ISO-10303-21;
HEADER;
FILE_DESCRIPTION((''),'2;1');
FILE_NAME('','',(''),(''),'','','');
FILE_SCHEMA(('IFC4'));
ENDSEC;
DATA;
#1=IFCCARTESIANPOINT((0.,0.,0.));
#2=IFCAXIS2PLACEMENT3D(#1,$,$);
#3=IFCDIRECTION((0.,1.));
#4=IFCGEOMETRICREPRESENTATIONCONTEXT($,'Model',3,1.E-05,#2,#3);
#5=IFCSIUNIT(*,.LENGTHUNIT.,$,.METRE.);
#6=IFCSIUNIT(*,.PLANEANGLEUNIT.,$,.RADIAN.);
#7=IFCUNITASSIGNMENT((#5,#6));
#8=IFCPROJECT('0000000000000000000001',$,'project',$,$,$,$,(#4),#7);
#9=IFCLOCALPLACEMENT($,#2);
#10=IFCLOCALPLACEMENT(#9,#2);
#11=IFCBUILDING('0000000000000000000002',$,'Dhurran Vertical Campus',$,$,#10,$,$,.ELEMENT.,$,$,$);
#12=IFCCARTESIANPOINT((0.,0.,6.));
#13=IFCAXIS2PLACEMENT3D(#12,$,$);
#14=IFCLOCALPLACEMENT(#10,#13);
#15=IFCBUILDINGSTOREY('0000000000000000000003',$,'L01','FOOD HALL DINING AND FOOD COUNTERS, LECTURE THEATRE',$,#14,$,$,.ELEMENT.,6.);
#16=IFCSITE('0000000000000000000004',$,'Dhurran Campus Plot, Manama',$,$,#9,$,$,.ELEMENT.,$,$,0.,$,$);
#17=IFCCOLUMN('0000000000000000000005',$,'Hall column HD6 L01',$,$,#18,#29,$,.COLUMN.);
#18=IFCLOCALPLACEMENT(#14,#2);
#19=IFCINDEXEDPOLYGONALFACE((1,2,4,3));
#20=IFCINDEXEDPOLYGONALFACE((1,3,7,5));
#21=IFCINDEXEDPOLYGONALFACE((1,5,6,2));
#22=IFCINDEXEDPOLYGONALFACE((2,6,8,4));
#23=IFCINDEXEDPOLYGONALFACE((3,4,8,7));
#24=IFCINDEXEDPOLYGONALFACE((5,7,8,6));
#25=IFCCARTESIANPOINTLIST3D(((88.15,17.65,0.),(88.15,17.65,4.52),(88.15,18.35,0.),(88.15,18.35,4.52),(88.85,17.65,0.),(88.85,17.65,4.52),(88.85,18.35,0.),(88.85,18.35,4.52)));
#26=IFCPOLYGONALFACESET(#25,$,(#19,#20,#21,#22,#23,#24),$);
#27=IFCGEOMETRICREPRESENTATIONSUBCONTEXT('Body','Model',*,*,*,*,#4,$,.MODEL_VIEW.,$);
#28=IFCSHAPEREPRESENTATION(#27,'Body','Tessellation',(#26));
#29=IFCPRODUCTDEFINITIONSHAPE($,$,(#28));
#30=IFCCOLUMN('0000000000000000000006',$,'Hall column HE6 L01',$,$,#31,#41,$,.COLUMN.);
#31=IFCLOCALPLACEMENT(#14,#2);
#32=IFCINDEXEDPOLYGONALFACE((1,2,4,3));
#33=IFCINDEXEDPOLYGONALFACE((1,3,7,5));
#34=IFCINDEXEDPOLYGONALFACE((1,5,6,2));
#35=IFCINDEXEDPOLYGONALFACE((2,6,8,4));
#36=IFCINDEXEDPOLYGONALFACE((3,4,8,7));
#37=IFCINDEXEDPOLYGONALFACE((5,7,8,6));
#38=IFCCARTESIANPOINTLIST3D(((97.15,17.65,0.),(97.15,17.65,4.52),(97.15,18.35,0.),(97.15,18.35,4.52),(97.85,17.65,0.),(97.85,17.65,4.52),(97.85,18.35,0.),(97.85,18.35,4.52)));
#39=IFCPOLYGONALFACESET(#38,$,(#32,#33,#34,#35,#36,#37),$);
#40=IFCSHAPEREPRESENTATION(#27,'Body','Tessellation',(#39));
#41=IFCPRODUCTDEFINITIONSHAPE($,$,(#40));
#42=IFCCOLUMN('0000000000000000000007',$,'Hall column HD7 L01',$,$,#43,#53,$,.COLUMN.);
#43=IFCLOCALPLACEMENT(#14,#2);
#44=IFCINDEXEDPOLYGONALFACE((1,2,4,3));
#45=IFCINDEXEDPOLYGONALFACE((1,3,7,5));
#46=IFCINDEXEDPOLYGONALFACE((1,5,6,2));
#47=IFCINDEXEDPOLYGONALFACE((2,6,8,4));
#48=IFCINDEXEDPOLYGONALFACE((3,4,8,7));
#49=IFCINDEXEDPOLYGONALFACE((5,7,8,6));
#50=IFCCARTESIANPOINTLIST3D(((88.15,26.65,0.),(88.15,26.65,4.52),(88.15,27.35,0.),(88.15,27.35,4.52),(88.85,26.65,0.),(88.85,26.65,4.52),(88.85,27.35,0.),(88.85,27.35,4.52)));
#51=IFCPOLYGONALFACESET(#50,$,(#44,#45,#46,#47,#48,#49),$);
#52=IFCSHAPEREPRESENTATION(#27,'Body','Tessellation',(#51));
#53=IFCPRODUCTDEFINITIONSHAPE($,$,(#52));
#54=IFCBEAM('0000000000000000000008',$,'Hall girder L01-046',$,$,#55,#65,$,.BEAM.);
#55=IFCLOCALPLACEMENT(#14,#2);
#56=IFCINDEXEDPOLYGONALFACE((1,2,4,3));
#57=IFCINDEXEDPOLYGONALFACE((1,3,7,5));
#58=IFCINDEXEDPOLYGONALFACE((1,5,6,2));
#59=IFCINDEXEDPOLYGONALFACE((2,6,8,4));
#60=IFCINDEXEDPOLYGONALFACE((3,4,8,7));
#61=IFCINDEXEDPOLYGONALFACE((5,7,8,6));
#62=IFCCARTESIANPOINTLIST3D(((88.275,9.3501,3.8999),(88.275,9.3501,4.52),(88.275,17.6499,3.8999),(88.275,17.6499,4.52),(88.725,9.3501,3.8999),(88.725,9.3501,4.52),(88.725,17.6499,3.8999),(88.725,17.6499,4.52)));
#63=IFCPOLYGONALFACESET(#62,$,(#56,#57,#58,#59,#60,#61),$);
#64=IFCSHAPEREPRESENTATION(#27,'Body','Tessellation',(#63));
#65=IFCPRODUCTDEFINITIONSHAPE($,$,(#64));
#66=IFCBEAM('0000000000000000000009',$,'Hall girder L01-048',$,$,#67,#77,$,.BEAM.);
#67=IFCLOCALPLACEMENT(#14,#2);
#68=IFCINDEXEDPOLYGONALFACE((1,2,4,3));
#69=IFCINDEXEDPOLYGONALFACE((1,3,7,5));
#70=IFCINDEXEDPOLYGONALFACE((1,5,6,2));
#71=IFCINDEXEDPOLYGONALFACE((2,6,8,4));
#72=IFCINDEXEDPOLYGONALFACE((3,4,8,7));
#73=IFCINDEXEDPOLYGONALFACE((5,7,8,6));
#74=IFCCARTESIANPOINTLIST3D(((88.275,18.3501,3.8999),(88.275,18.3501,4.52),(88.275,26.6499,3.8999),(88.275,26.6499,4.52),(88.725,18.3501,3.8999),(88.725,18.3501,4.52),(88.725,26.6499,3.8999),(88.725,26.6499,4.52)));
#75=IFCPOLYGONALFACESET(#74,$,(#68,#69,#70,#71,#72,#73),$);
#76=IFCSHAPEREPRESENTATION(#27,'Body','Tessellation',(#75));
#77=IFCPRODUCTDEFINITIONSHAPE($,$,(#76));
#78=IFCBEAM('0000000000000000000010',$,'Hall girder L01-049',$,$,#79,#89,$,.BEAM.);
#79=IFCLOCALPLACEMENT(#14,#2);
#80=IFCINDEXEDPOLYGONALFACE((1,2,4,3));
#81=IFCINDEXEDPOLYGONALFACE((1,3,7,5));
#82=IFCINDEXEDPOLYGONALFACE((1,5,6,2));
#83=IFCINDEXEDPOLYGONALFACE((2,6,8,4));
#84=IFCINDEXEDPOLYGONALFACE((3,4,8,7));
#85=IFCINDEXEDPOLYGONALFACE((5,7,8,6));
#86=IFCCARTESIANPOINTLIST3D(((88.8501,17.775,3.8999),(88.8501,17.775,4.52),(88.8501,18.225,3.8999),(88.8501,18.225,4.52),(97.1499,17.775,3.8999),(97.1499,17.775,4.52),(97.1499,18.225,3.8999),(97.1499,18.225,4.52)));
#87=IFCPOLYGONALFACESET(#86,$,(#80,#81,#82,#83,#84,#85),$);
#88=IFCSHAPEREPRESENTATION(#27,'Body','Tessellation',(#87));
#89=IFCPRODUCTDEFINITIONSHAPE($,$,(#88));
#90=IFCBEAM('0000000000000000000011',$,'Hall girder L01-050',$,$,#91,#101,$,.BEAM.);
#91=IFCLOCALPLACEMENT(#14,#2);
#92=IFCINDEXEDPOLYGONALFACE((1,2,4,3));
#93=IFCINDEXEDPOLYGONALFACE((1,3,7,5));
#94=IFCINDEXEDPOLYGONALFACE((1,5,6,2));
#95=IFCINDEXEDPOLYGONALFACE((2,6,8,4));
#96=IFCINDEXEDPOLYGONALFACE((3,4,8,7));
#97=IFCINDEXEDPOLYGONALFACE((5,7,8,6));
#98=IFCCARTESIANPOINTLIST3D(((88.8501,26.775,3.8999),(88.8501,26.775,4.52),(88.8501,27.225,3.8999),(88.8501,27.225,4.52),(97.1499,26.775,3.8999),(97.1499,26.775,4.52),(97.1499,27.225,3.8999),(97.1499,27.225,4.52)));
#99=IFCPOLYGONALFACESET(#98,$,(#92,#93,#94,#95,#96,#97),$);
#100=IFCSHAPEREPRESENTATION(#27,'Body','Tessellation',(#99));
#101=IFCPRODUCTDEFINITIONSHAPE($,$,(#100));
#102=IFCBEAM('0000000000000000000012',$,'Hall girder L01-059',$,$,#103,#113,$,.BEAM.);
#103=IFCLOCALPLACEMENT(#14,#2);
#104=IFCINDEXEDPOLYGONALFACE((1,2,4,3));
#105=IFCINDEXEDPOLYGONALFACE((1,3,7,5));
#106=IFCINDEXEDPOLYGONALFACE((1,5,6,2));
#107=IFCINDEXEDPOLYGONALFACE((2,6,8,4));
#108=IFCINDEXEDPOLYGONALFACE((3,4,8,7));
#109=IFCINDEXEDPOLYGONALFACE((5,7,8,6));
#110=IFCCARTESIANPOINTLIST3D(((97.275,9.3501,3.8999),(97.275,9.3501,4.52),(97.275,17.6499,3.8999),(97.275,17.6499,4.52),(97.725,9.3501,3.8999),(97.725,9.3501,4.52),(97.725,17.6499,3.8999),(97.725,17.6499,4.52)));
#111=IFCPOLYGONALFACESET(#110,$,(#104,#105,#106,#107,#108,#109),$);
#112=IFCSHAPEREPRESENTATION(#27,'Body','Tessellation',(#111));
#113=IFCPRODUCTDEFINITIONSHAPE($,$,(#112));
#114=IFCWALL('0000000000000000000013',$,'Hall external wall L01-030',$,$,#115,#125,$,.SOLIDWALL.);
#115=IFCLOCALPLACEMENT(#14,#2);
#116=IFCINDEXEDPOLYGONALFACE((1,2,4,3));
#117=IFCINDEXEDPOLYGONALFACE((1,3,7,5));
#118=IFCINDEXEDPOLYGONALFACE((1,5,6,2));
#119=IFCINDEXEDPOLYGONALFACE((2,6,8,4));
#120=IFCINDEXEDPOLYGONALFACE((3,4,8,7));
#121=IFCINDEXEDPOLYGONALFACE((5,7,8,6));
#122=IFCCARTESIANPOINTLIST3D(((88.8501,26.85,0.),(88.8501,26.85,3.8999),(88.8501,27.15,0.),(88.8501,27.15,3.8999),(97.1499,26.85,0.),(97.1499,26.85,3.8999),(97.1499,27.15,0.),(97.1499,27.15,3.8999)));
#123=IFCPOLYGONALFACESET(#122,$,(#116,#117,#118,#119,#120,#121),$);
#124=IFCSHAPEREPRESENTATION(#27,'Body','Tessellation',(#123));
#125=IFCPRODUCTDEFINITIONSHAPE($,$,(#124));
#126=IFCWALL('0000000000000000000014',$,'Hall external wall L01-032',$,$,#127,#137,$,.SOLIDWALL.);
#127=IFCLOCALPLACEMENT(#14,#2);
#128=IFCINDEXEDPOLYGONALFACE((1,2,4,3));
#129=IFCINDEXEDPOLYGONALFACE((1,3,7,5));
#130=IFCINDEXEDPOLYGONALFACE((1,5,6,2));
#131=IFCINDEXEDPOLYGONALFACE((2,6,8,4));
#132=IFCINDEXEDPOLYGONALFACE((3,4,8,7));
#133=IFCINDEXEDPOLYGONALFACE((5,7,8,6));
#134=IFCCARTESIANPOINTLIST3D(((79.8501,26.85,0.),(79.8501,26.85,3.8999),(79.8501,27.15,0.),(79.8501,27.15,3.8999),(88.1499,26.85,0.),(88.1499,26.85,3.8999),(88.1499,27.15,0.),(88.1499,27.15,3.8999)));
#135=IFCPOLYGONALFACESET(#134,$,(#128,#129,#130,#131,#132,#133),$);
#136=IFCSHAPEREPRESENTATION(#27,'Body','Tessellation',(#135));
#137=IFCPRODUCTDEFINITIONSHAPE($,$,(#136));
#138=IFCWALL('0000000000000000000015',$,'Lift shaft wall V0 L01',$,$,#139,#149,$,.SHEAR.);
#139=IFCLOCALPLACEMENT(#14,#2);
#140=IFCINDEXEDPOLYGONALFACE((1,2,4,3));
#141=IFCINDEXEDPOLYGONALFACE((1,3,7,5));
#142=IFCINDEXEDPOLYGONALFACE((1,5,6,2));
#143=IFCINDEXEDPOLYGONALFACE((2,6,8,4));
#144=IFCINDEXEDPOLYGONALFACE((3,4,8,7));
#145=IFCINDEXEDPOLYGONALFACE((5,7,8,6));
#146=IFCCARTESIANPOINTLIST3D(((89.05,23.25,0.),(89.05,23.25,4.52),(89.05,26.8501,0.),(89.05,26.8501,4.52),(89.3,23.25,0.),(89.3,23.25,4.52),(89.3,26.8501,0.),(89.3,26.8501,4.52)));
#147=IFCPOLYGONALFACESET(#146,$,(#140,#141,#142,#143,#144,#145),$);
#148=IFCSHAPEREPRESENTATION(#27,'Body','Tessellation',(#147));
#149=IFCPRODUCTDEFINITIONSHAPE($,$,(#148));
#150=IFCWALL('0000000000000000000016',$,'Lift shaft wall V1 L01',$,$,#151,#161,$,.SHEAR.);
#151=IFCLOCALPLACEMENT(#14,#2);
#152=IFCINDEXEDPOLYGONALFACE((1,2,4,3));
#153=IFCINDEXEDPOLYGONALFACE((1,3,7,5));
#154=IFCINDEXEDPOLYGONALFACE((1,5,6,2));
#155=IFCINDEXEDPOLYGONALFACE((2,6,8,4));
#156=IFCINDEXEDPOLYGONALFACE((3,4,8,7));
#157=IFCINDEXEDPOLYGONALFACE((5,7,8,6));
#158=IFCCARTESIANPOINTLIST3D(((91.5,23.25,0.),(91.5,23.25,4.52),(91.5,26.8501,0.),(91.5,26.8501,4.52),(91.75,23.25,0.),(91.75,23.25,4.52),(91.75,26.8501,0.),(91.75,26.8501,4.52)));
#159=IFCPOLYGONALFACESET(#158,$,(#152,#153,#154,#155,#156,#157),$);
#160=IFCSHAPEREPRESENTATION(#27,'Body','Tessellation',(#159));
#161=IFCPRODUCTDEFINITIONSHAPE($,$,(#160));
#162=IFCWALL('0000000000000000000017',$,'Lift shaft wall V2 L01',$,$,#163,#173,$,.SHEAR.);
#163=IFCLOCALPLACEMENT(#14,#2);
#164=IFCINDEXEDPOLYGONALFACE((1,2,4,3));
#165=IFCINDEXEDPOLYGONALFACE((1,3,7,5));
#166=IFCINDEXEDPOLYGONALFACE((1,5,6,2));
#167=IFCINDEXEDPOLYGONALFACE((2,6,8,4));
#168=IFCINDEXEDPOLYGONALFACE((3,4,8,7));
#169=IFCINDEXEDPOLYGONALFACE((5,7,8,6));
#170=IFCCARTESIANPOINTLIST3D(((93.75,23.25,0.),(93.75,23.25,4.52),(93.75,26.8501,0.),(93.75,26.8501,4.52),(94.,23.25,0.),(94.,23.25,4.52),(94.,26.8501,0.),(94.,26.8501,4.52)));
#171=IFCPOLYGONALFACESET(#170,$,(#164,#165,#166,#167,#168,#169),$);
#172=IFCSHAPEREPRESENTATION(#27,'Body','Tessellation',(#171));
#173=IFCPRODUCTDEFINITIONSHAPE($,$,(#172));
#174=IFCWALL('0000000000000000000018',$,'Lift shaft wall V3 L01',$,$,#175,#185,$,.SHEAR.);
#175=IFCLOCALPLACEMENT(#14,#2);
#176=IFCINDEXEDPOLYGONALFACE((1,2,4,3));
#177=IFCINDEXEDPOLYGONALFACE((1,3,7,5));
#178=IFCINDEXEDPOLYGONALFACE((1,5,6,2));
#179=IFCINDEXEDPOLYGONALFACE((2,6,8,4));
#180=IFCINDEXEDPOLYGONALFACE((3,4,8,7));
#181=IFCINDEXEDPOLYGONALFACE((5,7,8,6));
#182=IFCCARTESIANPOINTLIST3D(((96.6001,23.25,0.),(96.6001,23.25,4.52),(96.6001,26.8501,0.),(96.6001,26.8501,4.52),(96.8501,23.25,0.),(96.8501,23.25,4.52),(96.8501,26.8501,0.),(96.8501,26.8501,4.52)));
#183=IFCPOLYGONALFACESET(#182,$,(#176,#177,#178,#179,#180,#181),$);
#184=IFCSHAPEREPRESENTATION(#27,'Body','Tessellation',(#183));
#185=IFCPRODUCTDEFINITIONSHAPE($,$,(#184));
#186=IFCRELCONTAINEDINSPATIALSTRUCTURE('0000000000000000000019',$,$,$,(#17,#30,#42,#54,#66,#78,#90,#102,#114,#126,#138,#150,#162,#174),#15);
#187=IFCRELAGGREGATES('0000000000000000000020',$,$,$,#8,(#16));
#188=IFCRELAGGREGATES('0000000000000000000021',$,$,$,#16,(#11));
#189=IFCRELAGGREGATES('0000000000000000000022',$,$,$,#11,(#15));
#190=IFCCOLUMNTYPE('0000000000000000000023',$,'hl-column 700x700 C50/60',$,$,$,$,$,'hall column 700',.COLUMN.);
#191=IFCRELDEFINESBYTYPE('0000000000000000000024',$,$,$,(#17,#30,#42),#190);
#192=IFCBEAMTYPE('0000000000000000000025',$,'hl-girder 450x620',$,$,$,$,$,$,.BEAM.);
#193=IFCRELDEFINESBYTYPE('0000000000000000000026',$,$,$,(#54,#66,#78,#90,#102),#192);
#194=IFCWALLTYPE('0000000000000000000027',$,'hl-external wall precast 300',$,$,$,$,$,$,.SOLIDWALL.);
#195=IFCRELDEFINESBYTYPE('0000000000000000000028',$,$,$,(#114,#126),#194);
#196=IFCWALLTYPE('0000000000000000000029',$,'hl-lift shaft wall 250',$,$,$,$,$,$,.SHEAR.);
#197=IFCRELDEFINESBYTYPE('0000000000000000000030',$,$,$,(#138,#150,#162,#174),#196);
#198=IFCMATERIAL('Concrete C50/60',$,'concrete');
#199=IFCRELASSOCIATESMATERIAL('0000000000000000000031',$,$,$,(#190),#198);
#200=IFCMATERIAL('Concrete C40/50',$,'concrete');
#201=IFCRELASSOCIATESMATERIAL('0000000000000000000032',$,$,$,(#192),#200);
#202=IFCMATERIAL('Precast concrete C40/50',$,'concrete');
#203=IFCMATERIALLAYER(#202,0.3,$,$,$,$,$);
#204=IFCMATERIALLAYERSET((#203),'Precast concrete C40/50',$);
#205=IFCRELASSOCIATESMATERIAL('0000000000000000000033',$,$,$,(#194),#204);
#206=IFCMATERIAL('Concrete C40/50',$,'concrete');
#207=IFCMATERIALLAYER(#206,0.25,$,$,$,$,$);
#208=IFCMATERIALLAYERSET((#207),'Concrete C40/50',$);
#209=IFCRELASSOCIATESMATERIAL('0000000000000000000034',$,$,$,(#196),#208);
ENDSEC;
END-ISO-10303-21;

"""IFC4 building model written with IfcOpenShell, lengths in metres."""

from ifc_helpers import new_model, si_unit, direction, frame, frame_2d, origin, origin_2d, place, context, subcontext, project, spatial, rectangle, extrude, material, layer, layer_set, material_profile, profile_set, type_object, element, save


model = new_model("IFC4")

# Units and contexts
model_context = context("Model", 3, precision=1e-05, world=origin(), true_north=direction((0.0, 1.0)))
body_context = subcontext(model_context, "Body", "Model", "MODEL_VIEW")
ifc_project = project(units=[si_unit("LENGTHUNIT", "METRE"), si_unit("PLANEANGLEUNIT", "RADIAN")], contexts=[model_context])

# Site, building, storey
site_placement = place(None, origin())
site = spatial("IfcSite", under=ifc_project, at=site_placement, Name="Dhurran Campus Plot, Manama", CompositionType="ELEMENT", RefElevation=0.0)
building_placement = place(site_placement, origin())
building = spatial("IfcBuilding", under=site, at=building_placement, Name="Dhurran Vertical Campus", CompositionType="ELEMENT")
storey_placement = place(building_placement, frame((0.0, 0.0, 6.0)))
storey = spatial("IfcBuildingStorey", under=building, at=storey_placement, Name="L01", Description="FOOD HALL DINING AND FOOD COUNTERS, LECTURE THEATRE", CompositionType="ELEMENT", Elevation=6.0)

# Columns
ifc_material_1 = material(Name="Concrete C50/60", Category="concrete")
ifc_material_profile_1 = material_profile(ifc_material_1, rectangle(XDim=0.7, YDim=0.7, at=origin_2d()), Name="hl-column 700x700 C50/60")
ifc_profile_set_1 = profile_set([ifc_material_profile_1], Name="Concrete C50/60")
column_type = type_object("IfcColumnType", Name="hl-column 700x700 C50/60", ElementType="hall column 700", PredefinedType="COLUMN", material=ifc_profile_set_1)
for number, where, z_axis, x_axis, name in (
    (1, (88.5, 18.0, 0.0), (0.0, 0.0, 1.0), (1.0, 0.0, 0.0), "Hall column HD6 L01"),
    (2, (97.5, 18.0, 0.0), (0.0, 0.0, 1.0), (1.0, 0.0, 0.0), "Hall column HE6 L01"),
    (3, (88.5, 27.0, 0.0), (0.0, 0.0, 1.0), (1.0, 0.0, 0.0), "Hall column HD7 L01"),
):
    element("IfcColumn", number, at=place(storey_placement, frame(where, z_axis=z_axis, x_axis=x_axis)), inside=storey, type_object=column_type, Name=name, PredefinedType="COLUMN", context=body_context, shape_type="SweptSolid", body=[
        extrude(rectangle(XDim=0.7, YDim=0.7, at=origin_2d()), origin(), (0.0, 0.0, 1.0), 4.52),
    ])

# Beams
ifc_material_2 = material(Name="Concrete C40/50", Category="concrete")
ifc_material_profile_2 = material_profile(ifc_material_2, rectangle(XDim=0.45, YDim=0.6201, at=origin_2d()), Name="hl-girder 450x620")
ifc_profile_set_2 = profile_set([ifc_material_profile_2], Name="Concrete C40/50")
beam_type = type_object("IfcBeamType", Name="hl-girder 450x620", PredefinedType="BEAM", material=ifc_profile_set_2)
for number, where, z_axis, x_axis, name in (
    (4, (88.5, 9.3501, 4.21), (0.0, 1.0, 0.0), (-1.0, 0.0, 0.0), "Hall girder L01-046"),
    (5, (88.5, 18.3501, 4.21), (0.0, 1.0, 0.0), (-1.0, 0.0, 0.0), "Hall girder L01-048"),
    (6, (88.8501, 18.0, 4.21), (1.0, 0.0, 0.0), (0.0, 1.0, 0.0), "Hall girder L01-049"),
    (7, (88.8501, 27.0, 4.21), (1.0, 0.0, 0.0), (0.0, 1.0, 0.0), "Hall girder L01-050"),
    (8, (97.5, 9.3501, 4.21), (0.0, 1.0, 0.0), (-1.0, 0.0, 0.0), "Hall girder L01-059"),
):
    element("IfcBeam", number, at=place(storey_placement, frame(where, z_axis=z_axis, x_axis=x_axis)), inside=storey, type_object=beam_type, Name=name, PredefinedType="BEAM", context=body_context, shape_type="SweptSolid", body=[
        extrude(rectangle(XDim=0.45, YDim=0.6201, at=origin_2d()), origin(), (0.0, 0.0, 1.0), 8.2998),
    ])

# Walls
ifc_material_3 = material(Name="Precast concrete C40/50", Category="concrete")
ifc_layer_1 = layer(ifc_material_3, 0.3)
ifc_layer_set_1 = layer_set([ifc_layer_1], Name="Precast concrete C40/50")
wall_type_1 = type_object("IfcWallType", Name="hl-external wall precast 300", PredefinedType="SOLIDWALL", material=ifc_layer_set_1)
for number, where, z_axis, x_axis, name in (
    (9, (97.1499, 27.0, 0.0), (0.0, 0.0, 1.0), (-1.0, 0.0, 0.0), "Hall external wall L01-030"),
    (10, (88.1499, 27.0, 0.0), (0.0, 0.0, 1.0), (-1.0, 0.0, 0.0), "Hall external wall L01-032"),
):
    element("IfcWall", number, at=place(storey_placement, frame(where, z_axis=z_axis, x_axis=x_axis)), inside=storey, type_object=wall_type_1, Name=name, PredefinedType="SOLIDWALL", context=body_context, shape_type="SweptSolid", body=[
        extrude(rectangle(XDim=8.2998, YDim=0.3, at=frame_2d((4.1499, 0.0))), origin(), (0.0, 0.0, 1.0), 3.8999),
    ])
ifc_material_4 = material(Name="Concrete C40/50", Category="concrete")
ifc_layer_2 = layer(ifc_material_4, 0.25)
ifc_layer_set_2 = layer_set([ifc_layer_2], Name="Concrete C40/50")
wall_type_2 = type_object("IfcWallType", Name="hl-lift shaft wall 250", PredefinedType="SHEAR", material=ifc_layer_set_2)
for number, where, z_axis, x_axis, name in (
    (11, (89.175, 23.25, 0.0), (0.0, 0.0, 1.0), (0.0, 1.0, 0.0), "Lift shaft wall V0 L01"),
    (12, (91.625, 23.25, 0.0), (0.0, 0.0, 1.0), (0.0, 1.0, 0.0), "Lift shaft wall V1 L01"),
    (13, (93.875, 23.25, 0.0), (0.0, 0.0, 1.0), (0.0, 1.0, 0.0), "Lift shaft wall V2 L01"),
    (14, (96.7251, 23.25, 0.0), (0.0, 0.0, 1.0), (0.0, 1.0, 0.0), "Lift shaft wall V3 L01"),
):
    element("IfcWall", number, at=place(storey_placement, frame(where, z_axis=z_axis, x_axis=x_axis)), inside=storey, type_object=wall_type_2, Name=name, PredefinedType="SHEAR", context=body_context, shape_type="SweptSolid", body=[
        extrude(rectangle(XDim=3.6001, YDim=0.25, at=frame_2d((1.8, 0.0))), origin(), (0.0, 0.0, 1.0), 4.52),
    ])

save(model, "model.ifc")
